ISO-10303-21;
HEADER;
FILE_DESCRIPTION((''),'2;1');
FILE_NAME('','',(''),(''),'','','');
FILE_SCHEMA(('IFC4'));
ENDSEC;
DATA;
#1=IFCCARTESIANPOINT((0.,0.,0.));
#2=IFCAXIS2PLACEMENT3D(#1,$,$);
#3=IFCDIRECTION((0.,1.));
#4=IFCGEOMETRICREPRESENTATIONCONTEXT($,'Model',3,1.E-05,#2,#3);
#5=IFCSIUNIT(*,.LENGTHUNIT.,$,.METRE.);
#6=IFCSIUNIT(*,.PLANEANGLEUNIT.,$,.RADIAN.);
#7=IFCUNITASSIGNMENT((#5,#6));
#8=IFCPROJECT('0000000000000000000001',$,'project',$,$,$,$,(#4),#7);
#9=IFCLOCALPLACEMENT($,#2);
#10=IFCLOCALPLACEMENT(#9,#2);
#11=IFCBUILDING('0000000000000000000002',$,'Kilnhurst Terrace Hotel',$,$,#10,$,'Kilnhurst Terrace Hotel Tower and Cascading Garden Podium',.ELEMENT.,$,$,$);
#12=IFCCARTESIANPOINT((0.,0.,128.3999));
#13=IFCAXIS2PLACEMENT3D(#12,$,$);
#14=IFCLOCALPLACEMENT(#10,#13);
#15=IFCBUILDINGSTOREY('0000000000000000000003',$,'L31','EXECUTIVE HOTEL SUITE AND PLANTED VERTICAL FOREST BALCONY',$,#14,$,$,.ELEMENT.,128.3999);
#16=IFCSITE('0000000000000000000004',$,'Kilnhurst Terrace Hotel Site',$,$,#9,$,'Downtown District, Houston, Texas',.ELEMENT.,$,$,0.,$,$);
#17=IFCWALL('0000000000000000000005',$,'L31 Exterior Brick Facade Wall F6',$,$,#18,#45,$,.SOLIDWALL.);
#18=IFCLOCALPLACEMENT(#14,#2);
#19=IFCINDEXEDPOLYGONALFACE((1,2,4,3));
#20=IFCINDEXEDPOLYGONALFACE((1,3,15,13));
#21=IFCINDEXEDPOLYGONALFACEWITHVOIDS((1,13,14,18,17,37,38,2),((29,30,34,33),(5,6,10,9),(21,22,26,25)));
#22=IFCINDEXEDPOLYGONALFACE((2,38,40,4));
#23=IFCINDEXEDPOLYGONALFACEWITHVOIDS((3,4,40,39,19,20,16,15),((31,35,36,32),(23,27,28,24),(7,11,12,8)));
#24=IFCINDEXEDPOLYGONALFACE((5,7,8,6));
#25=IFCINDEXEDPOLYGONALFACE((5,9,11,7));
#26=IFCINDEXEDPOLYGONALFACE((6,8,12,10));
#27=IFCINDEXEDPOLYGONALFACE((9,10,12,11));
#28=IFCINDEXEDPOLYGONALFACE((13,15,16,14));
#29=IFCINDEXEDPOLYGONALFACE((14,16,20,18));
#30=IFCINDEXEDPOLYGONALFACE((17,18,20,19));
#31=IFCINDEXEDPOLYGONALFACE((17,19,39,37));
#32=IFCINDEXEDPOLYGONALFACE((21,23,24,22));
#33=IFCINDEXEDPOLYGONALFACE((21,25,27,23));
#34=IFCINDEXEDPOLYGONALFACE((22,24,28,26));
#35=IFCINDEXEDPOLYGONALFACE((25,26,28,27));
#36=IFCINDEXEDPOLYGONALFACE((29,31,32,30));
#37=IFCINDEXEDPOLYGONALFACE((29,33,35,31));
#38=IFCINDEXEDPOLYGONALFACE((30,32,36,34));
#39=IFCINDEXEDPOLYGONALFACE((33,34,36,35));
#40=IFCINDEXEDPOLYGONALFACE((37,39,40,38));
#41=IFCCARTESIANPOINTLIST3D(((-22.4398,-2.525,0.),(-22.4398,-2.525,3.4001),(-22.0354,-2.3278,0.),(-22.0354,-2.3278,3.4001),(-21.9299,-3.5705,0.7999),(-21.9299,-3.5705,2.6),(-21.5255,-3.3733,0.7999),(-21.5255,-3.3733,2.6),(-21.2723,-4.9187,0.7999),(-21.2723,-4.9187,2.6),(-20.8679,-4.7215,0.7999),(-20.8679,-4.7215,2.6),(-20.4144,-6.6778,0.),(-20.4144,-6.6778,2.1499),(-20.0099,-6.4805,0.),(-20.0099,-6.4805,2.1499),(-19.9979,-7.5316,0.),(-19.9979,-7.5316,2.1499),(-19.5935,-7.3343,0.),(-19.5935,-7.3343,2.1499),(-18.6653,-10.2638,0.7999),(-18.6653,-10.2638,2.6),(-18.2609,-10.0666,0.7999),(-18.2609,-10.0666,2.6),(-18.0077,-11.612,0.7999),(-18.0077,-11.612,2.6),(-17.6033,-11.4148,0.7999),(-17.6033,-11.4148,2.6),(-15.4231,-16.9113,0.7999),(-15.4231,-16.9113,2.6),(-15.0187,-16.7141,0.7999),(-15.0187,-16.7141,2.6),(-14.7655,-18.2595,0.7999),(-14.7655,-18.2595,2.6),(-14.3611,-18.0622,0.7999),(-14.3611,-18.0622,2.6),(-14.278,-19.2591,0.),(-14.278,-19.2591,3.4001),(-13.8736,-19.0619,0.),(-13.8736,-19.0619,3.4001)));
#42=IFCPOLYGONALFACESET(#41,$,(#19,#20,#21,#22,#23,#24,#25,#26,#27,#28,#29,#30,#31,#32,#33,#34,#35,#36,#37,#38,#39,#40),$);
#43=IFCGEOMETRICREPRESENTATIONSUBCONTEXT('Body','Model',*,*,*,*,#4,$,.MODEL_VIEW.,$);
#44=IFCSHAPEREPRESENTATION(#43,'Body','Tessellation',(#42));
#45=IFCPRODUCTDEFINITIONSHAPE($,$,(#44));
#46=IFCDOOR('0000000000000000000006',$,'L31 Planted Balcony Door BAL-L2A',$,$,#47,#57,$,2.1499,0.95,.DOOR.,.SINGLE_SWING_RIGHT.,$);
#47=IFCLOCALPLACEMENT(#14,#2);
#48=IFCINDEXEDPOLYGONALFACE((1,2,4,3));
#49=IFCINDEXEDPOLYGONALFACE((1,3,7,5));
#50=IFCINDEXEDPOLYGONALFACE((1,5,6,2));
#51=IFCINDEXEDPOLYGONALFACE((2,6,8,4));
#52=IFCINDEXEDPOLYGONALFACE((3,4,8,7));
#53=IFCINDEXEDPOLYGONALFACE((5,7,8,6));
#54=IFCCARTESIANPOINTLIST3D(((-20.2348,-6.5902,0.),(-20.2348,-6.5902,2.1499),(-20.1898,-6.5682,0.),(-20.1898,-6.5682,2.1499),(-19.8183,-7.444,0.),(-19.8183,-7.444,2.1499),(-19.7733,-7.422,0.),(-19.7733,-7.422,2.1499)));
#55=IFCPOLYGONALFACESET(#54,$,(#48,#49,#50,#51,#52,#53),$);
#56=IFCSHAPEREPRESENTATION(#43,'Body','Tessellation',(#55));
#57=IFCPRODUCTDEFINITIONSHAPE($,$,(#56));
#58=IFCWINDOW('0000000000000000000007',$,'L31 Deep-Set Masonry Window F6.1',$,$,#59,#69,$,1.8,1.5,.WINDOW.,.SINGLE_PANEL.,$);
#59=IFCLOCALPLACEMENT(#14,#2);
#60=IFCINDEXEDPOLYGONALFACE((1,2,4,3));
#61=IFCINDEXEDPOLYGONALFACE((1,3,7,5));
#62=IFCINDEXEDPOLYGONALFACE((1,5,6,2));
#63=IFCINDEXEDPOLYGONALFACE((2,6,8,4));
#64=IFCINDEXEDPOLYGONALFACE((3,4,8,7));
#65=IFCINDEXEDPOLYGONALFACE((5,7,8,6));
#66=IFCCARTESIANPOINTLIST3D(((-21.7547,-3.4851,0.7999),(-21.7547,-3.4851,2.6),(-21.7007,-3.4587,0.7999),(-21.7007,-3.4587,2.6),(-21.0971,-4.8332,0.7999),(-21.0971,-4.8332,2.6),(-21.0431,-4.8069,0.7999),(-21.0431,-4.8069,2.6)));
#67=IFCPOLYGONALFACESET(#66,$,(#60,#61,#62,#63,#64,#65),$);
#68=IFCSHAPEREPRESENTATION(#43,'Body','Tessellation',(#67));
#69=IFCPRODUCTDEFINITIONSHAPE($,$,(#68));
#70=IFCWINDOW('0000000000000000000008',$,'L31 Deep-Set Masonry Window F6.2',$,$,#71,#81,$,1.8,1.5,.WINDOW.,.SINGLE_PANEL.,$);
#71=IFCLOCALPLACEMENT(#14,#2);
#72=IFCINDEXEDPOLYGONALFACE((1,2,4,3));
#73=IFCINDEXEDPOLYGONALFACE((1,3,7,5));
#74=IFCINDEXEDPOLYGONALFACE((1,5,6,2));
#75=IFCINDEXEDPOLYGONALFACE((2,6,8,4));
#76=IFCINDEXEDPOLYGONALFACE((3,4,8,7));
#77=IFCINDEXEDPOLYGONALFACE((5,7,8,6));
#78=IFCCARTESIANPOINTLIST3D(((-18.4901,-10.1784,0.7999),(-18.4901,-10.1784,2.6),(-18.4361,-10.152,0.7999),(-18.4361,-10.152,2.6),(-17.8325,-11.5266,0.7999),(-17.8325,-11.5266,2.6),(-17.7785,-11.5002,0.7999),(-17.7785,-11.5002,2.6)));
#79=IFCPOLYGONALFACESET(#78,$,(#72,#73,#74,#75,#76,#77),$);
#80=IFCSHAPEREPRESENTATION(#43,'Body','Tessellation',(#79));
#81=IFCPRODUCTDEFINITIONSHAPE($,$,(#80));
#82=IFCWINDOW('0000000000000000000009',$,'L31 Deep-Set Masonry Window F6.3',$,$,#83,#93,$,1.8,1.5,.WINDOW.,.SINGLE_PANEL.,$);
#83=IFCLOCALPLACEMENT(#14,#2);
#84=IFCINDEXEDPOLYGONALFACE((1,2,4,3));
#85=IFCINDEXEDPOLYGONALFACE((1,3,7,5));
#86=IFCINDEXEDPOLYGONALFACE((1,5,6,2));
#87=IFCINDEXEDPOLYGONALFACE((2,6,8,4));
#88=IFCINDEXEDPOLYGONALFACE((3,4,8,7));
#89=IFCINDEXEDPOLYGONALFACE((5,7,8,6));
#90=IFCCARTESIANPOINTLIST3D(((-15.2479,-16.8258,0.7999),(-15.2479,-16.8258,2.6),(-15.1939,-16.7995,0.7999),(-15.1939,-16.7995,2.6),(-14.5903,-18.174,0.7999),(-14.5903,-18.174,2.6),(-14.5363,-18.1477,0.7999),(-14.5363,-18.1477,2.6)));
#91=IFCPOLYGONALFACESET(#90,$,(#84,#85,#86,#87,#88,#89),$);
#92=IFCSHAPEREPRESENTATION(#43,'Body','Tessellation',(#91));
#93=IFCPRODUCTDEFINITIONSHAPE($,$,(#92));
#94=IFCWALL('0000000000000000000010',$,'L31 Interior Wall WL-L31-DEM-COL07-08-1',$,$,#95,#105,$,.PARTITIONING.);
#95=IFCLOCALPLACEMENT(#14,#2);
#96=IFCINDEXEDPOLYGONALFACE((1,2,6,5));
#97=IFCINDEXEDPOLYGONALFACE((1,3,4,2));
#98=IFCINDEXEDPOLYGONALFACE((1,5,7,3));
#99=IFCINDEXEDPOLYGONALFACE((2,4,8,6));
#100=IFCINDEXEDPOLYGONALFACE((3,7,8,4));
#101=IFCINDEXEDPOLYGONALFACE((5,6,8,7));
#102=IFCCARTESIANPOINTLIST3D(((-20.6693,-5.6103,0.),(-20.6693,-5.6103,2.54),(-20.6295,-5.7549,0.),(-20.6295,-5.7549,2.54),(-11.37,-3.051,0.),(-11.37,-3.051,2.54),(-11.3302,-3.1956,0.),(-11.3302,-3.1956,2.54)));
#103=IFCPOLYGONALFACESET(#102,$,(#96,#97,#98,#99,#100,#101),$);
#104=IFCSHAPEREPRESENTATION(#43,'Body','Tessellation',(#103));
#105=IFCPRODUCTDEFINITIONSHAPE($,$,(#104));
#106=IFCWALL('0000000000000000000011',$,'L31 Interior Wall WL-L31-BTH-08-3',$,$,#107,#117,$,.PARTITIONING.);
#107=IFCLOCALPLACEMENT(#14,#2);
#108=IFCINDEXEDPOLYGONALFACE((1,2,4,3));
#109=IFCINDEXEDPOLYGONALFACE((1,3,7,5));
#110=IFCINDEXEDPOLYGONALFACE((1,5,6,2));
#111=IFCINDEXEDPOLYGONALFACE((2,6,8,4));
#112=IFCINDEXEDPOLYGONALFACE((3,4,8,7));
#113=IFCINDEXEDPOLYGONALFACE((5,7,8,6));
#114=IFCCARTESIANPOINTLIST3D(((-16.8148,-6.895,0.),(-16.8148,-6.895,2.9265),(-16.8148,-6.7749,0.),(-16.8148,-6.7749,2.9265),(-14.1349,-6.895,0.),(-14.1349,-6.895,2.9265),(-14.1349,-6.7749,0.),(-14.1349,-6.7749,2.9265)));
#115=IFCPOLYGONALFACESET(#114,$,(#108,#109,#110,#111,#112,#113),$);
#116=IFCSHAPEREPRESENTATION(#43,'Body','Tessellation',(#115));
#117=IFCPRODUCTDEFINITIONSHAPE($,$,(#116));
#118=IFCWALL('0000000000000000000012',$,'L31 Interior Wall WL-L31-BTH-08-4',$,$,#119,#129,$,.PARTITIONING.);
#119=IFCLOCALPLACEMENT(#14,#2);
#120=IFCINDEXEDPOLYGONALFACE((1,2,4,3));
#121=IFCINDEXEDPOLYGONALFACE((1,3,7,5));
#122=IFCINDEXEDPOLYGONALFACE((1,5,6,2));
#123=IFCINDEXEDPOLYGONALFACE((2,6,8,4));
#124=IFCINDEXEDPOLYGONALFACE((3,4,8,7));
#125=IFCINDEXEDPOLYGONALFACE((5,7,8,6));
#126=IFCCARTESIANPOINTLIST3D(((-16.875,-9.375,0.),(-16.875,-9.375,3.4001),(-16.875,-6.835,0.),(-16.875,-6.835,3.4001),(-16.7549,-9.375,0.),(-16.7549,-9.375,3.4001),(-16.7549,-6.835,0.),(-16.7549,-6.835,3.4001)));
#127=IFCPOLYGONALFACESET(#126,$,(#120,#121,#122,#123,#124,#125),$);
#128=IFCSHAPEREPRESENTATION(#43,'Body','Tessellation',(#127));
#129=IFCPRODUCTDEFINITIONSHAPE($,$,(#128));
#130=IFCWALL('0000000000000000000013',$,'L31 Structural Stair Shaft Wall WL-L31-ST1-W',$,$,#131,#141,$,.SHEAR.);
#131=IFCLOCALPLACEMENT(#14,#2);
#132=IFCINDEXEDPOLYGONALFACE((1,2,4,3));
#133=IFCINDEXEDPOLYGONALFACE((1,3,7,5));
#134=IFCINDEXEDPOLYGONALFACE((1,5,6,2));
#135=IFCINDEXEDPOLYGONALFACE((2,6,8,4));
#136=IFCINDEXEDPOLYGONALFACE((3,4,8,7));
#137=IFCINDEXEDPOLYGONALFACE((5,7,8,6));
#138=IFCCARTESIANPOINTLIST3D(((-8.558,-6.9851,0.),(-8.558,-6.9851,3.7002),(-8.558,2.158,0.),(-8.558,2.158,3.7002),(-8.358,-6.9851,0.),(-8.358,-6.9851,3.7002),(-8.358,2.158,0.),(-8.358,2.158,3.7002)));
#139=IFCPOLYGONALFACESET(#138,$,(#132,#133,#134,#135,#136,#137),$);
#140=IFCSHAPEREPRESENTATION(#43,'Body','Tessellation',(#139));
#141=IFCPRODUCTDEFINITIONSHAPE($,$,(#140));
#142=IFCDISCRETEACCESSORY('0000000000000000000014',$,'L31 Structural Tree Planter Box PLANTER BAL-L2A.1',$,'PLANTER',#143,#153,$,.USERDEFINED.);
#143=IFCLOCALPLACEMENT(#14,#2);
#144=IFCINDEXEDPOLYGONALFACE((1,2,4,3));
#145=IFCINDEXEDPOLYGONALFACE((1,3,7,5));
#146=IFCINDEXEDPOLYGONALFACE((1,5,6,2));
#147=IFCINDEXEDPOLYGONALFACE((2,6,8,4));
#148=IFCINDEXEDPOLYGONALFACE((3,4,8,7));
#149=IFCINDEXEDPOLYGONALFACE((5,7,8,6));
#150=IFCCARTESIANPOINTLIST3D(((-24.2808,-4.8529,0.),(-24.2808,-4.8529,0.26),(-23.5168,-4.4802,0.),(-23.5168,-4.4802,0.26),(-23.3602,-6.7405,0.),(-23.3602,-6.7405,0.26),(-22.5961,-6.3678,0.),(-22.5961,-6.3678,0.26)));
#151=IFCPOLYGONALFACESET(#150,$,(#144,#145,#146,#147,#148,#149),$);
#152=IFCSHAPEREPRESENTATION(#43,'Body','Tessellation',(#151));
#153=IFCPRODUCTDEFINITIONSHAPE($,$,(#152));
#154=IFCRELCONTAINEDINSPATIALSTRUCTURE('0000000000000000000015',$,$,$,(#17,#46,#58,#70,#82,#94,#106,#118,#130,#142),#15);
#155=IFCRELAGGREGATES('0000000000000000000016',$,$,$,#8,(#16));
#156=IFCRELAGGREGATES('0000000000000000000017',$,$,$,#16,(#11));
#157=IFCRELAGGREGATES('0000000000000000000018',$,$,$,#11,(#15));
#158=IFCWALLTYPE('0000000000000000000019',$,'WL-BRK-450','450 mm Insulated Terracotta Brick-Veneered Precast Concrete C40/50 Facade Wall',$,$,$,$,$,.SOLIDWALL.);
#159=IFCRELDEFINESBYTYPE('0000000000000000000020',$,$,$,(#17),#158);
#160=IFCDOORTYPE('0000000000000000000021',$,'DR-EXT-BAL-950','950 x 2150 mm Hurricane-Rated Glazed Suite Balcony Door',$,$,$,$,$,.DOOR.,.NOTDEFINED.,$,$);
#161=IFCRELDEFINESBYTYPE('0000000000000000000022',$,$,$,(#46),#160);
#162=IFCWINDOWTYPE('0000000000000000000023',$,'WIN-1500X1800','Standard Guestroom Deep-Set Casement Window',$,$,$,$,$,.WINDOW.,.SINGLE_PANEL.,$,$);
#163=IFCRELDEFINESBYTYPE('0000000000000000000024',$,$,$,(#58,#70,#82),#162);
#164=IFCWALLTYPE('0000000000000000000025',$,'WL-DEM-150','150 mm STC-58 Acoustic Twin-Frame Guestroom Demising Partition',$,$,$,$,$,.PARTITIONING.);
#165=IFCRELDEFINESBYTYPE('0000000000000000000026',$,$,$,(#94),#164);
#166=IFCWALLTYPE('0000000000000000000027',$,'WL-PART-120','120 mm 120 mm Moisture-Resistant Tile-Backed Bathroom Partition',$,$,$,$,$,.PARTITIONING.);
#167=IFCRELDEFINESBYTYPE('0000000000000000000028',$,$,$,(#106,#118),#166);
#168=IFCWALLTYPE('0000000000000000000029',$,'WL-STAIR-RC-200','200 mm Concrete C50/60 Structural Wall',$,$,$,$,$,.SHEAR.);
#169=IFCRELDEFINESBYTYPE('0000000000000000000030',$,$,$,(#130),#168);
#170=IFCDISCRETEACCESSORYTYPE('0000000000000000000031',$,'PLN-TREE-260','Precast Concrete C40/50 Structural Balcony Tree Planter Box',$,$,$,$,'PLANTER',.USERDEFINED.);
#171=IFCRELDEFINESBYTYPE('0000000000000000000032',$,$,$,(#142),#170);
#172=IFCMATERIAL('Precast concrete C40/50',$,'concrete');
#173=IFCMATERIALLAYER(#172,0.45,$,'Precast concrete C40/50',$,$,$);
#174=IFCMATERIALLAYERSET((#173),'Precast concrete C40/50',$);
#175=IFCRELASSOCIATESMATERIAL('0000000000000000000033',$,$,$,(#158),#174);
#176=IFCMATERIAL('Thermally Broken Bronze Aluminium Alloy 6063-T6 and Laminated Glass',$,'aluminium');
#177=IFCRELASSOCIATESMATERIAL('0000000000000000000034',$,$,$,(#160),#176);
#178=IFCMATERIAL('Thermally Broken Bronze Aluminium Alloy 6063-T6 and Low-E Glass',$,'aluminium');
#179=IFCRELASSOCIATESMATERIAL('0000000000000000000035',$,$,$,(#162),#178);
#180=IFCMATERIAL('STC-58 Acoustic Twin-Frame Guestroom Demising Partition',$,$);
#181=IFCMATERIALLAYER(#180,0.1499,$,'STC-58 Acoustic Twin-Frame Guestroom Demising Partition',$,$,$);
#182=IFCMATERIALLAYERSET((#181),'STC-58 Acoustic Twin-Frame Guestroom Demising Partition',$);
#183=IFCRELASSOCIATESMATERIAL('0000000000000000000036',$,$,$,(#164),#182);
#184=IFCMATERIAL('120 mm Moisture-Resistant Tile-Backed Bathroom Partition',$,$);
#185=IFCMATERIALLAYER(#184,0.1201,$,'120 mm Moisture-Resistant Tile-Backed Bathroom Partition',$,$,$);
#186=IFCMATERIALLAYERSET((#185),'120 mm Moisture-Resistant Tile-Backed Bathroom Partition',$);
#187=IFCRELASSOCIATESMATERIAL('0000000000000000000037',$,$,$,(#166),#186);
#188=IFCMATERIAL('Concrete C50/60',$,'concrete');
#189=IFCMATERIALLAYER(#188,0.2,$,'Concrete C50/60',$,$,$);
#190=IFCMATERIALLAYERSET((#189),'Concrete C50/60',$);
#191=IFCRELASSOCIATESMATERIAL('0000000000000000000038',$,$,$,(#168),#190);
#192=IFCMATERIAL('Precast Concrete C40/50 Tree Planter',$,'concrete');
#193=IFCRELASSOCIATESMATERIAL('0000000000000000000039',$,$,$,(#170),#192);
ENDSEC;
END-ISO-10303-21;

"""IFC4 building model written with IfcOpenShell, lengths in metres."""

from ifc_helpers import new_model, si_unit, direction, frame, frame_2d, origin, origin_2d, place, context, subcontext, project, spatial, rectangle, extrude, material, layer, layer_set, type_object, element, fill, save


model = new_model("IFC4")

# Units and contexts
model_context = context("Model", 3, precision=1e-05, world=origin(), true_north=direction((0.0, 1.0)))
body_context = subcontext(model_context, "Body", "Model", "MODEL_VIEW")
ifc_project = project(units=[si_unit("LENGTHUNIT", "METRE"), si_unit("PLANEANGLEUNIT", "RADIAN")], contexts=[model_context])

# Site, building, storey
site_placement = place(None, origin())
site = spatial("IfcSite", under=ifc_project, at=site_placement, Name="Kilnhurst Terrace Hotel Site", LongName="Downtown District, Houston, Texas", CompositionType="ELEMENT", RefElevation=0.0)
building_placement = place(site_placement, origin())
building = spatial("IfcBuilding", under=site, at=building_placement, Name="Kilnhurst Terrace Hotel", LongName="Kilnhurst Terrace Hotel Tower and Cascading Garden Podium", CompositionType="ELEMENT")
storey_placement = place(building_placement, frame((0.0, 0.0, 128.3999)))
storey = spatial("IfcBuildingStorey", under=building, at=storey_placement, Name="L31", Description="EXECUTIVE HOTEL SUITE AND PLANTED VERTICAL FOREST BALCONY", CompositionType="ELEMENT", Elevation=128.3999)

# Shared definitions
ifc_material_1 = material(Name="Concrete C50/60", Category="concrete")

# Shared definitions
ifc_material_2 = material(Name="Precast concrete C40/50", Category="concrete")
ifc_layer_1 = layer(ifc_material_2, 0.45, Name="Precast concrete C40/50")
ifc_layer_set_1 = layer_set([ifc_layer_1], Name="Precast concrete C40/50")
wall_type_1 = type_object("IfcWallType", Name="WL-BRK-450", Description="450 mm Insulated Terracotta Brick-Veneered Precast Concrete C40/50 Facade Wall", PredefinedType="SOLIDWALL", material=ifc_layer_set_1)

# Wall, openings, door, windows
wall_1_placement = place(storey_placement, frame((-22.2375, -2.4265, 0.0), z_axis=(0.0, 0.0, 1.0), x_axis=(0.438375, -0.898792, 0.0)))
wall_1 = element("IfcWall", 1, at=wall_1_placement, inside=storey, type_object=wall_type_1, Name="L31 Exterior Brick Facade Wall F6", PredefinedType="SOLIDWALL", context=body_context, shape_type="SweptSolid", body=[
    extrude(rectangle(XDim=18.6184, YDim=0.45, at=frame_2d((9.3091, 0.0))), origin(), (0.0, 0.0, 1.0), 3.4001),
])
opening_1_placement = place(wall_1_placement, frame((4.6201, 0.0, 0.0)))
opening_1 = element("IfcOpeningElement", 2, at=opening_1_placement, cuts=wall_1, PredefinedType="OPENING", context=body_context, shape_type="SweptSolid", body=[
    extrude(rectangle(XDim=0.95, YDim=2.1499, at=frame_2d((0.4751, 1.075))), frame((0.0, 0.2349, 0.0), z_axis=(0.0, -1.0, 0.0), x_axis=(1.0, 0.0, 0.0)), (0.0, 0.0, 1.0), 0.47),
])
opening_2_placement = place(wall_1_placement, frame((1.1631, 0.0, 0.8)))
opening_2 = element("IfcOpeningElement", 3, at=opening_2_placement, cuts=wall_1, PredefinedType="OPENING", context=body_context, shape_type="SweptSolid", body=[
    extrude(rectangle(XDim=1.5, YDim=1.8, at=frame_2d((0.75, 0.8999))), frame((0.0, 0.2349, 0.0), z_axis=(0.0, -1.0, 0.0), x_axis=(1.0, 0.0, 0.0)), (0.0, 0.0, 1.0), 0.47),
])
opening_3_placement = place(wall_1_placement, frame((8.6101, 0.0, 0.8)))
opening_3 = element("IfcOpeningElement", 4, at=opening_3_placement, cuts=wall_1, PredefinedType="OPENING", context=body_context, shape_type="SweptSolid", body=[
    extrude(rectangle(XDim=1.5, YDim=1.8, at=frame_2d((0.75, 0.8999))), frame((0.0, 0.2349, 0.0), z_axis=(0.0, -1.0, 0.0), x_axis=(1.0, 0.0, 0.0)), (0.0, 0.0, 1.0), 0.47),
])
opening_4_placement = place(wall_1_placement, frame((16.0061, 0.0, 0.8)))
opening_4 = element("IfcOpeningElement", 5, at=opening_4_placement, cuts=wall_1, PredefinedType="OPENING", context=body_context, shape_type="SweptSolid", body=[
    extrude(rectangle(XDim=1.5, YDim=1.8, at=frame_2d((0.75, 0.8999))), frame((0.0, 0.2349, 0.0), z_axis=(0.0, -1.0, 0.0), x_axis=(1.0, 0.0, 0.0)), (0.0, 0.0, 1.0), 0.47),
])
ifc_material_3 = material(Name="Thermally Broken Bronze Aluminium Alloy 6063-T6 and Laminated Glass", Category="aluminium")
door_type_1 = type_object("IfcDoorType", Name="DR-EXT-BAL-950", Description="950 x 2150 mm Hurricane-Rated Glazed Suite Balcony Door", OperationType="NOTDEFINED", PredefinedType="DOOR", material=ifc_material_3)
door_1_placement = place(opening_1_placement, origin())
door_1 = element("IfcDoor", 6, at=door_1_placement, inside=storey, type_object=door_type_1, Name="L31 Planted Balcony Door BAL-L2A", OperationType="SINGLE_SWING_RIGHT", OverallHeight=2.1499, OverallWidth=0.95, PredefinedType="DOOR", context=body_context, shape_type="SweptSolid", body=[
    extrude(rectangle(XDim=0.95, YDim=2.1499, at=frame_2d((0.4751, 1.075))), frame((0.0, 0.0249, 0.0), z_axis=(0.0, -1.0, 0.0), x_axis=(1.0, 0.0, 0.0)), (0.0, 0.0, 1.0), 0.05),
])
fill(opening_1, door_1)
ifc_material_4 = material(Name="Thermally Broken Bronze Aluminium Alloy 6063-T6 and Low-E Glass", Category="aluminium")
window_type = type_object("IfcWindowType", Name="WIN-1500X1800", Description="Standard Guestroom Deep-Set Casement Window", PartitioningType="SINGLE_PANEL", PredefinedType="WINDOW", material=ifc_material_4)
window_1_placement = place(opening_2_placement, origin())
window_1 = element("IfcWindow", 7, at=window_1_placement, inside=storey, type_object=window_type, Name="L31 Deep-Set Masonry Window F6.1", OverallHeight=1.8, OverallWidth=1.5, PartitioningType="SINGLE_PANEL", PredefinedType="WINDOW", context=body_context, shape_type="SweptSolid", body=[
    extrude(rectangle(XDim=1.5, YDim=1.8, at=frame_2d((0.75, 0.8999))), frame((0.0, 0.03, 0.0), z_axis=(0.0, -1.0, 0.0), x_axis=(1.0, 0.0, 0.0)), (0.0, 0.0, 1.0), 0.0601),
])
fill(opening_2, window_1)
window_2_placement = place(opening_3_placement, origin())
window_2 = element("IfcWindow", 8, at=window_2_placement, inside=storey, type_object=window_type, Name="L31 Deep-Set Masonry Window F6.2", OverallHeight=1.8, OverallWidth=1.5, PartitioningType="SINGLE_PANEL", PredefinedType="WINDOW", context=body_context, shape_type="SweptSolid", body=[
    extrude(rectangle(XDim=1.5, YDim=1.8, at=frame_2d((0.75, 0.8999))), frame((0.0, 0.03, 0.0), z_axis=(0.0, -1.0, 0.0), x_axis=(1.0, 0.0, 0.0)), (0.0, 0.0, 1.0), 0.0601),
])
fill(opening_3, window_2)
window_3_placement = place(opening_4_placement, origin())
window_3 = element("IfcWindow", 9, at=window_3_placement, inside=storey, type_object=window_type, Name="L31 Deep-Set Masonry Window F6.3", OverallHeight=1.8, OverallWidth=1.5, PartitioningType="SINGLE_PANEL", PredefinedType="WINDOW", context=body_context, shape_type="SweptSolid", body=[
    extrude(rectangle(XDim=1.5, YDim=1.8, at=frame_2d((0.75, 0.8999))), frame((0.0, 0.03, 0.0), z_axis=(0.0, -1.0, 0.0), x_axis=(1.0, 0.0, 0.0)), (0.0, 0.0, 1.0), 0.0601),
])
fill(opening_4, window_3)

# Walls
ifc_material_5 = material(Name="STC-58 Acoustic Twin-Frame Guestroom Demising Partition")
ifc_layer_2 = layer(ifc_material_5, 0.1499, Name="STC-58 Acoustic Twin-Frame Guestroom Demising Partition")
ifc_layer_set_2 = layer_set([ifc_layer_2], Name="STC-58 Acoustic Twin-Frame Guestroom Demising Partition")
wall_type_2 = type_object("IfcWallType", Name="WL-DEM-150", Description="150 mm STC-58 Acoustic Twin-Frame Guestroom Demising Partition", PredefinedType="PARTITIONING", material=ifc_layer_set_2)
wall_2_placement = place(storey_placement, frame((-11.3501, -3.1233, 0.0), z_axis=(0.0, 0.0, 1.0), x_axis=(-0.964152, -0.265351, 0.0)))
element("IfcWall", 10, at=wall_2_placement, inside=storey, type_object=wall_type_2, Name="L31 Interior Wall WL-L31-DEM-COL07-08-1", PredefinedType="PARTITIONING", context=body_context, shape_type="SweptSolid", body=[
    extrude(rectangle(XDim=9.645, YDim=0.1499, at=frame_2d((4.8225, 0.0))), origin(), (0.0, 0.0, 1.0), 2.54),
])
ifc_material_6 = material(Name="120 mm Moisture-Resistant Tile-Backed Bathroom Partition")
ifc_layer_3 = layer(ifc_material_6, 0.1201, Name="120 mm Moisture-Resistant Tile-Backed Bathroom Partition")
ifc_layer_set_3 = layer_set([ifc_layer_3], Name="120 mm Moisture-Resistant Tile-Backed Bathroom Partition")
wall_type_3 = type_object("IfcWallType", Name="WL-PART-120", Description="120 mm 120 mm Moisture-Resistant Tile-Backed Bathroom Partition", PredefinedType="PARTITIONING", material=ifc_layer_set_3)
wall_3_placement = place(storey_placement, frame((-14.135, -6.835, 0.0), z_axis=(0.0, 0.0, 1.0), x_axis=(-1.0, 0.0, 0.0)))
element("IfcWall", 11, at=wall_3_placement, inside=storey, type_object=wall_type_3, Name="L31 Interior Wall WL-L31-BTH-08-3", PredefinedType="PARTITIONING", context=body_context, shape_type="SweptSolid", body=[
    extrude(rectangle(XDim=2.6799, YDim=0.1201, at=frame_2d((1.3398, 0.0))), origin(), (0.0, 0.0, 1.0), 2.9265),
])
wall_4_placement = place(storey_placement, frame((-16.8149, -6.835, 0.0), z_axis=(0.0, 0.0, 1.0), x_axis=(0.0, -1.0, 0.0)))
element("IfcWall", 12, at=wall_4_placement, inside=storey, type_object=wall_type_3, Name="L31 Interior Wall WL-L31-BTH-08-4", PredefinedType="PARTITIONING", context=body_context, shape_type="SweptSolid", body=[
    extrude(rectangle(XDim=2.54, YDim=0.1201, at=frame_2d((1.27, 0.0))), origin(), (0.0, 0.0, 1.0), 3.4001),
])
ifc_layer_4 = layer(ifc_material_1, 0.2, Name="Concrete C50/60")
ifc_layer_set_4 = layer_set([ifc_layer_4], Name="Concrete C50/60")
wall_type_4 = type_object("IfcWallType", Name="WL-STAIR-RC-200", Description="200 mm Concrete C50/60 Structural Wall", PredefinedType="SHEAR", material=ifc_layer_set_4)
wall_5_placement = place(storey_placement, frame((-8.458, -6.9851, 0.0), z_axis=(0.0, 0.0, 1.0), x_axis=(0.0, 1.0, 0.0)))
element("IfcWall", 13, at=wall_5_placement, inside=storey, type_object=wall_type_4, Name="L31 Structural Stair Shaft Wall WL-L31-ST1-W", PredefinedType="SHEAR", context=body_context, shape_type="SweptSolid", body=[
    extrude(rectangle(XDim=9.1431, YDim=0.2, at=frame_2d((4.5715, 0.0))), origin(), (0.0, 0.0, 1.0), 3.7002),
])

# Discrete accessory
ifc_material_7 = material(Name="Precast Concrete C40/50 Tree Planter", Category="concrete")
discrete_accessory_type = type_object("IfcDiscreteAccessoryType", Name="PLN-TREE-260", Description="Precast Concrete C40/50 Structural Balcony Tree Planter Box", ElementType="PLANTER", PredefinedType="USERDEFINED", material=ifc_material_7)
discrete_accessory_placement = place(storey_placement, frame((-23.4385, -5.6104, 0.0), z_axis=(0.0, 0.0, 1.0), x_axis=(0.438387, -0.898786, 0.0)))
element("IfcDiscreteAccessory", 14, at=discrete_accessory_placement, inside=storey, type_object=discrete_accessory_type, Name="L31 Structural Tree Planter Box PLANTER BAL-L2A.1", ObjectType="PLANTER", PredefinedType="USERDEFINED", context=body_context, shape_type="SweptSolid", body=[
    extrude(rectangle(XDim=2.1001, YDim=0.8501, at=origin_2d()), origin(), (0.0, 0.0, 1.0), 0.26),
])

save(model, "model.ifc")
